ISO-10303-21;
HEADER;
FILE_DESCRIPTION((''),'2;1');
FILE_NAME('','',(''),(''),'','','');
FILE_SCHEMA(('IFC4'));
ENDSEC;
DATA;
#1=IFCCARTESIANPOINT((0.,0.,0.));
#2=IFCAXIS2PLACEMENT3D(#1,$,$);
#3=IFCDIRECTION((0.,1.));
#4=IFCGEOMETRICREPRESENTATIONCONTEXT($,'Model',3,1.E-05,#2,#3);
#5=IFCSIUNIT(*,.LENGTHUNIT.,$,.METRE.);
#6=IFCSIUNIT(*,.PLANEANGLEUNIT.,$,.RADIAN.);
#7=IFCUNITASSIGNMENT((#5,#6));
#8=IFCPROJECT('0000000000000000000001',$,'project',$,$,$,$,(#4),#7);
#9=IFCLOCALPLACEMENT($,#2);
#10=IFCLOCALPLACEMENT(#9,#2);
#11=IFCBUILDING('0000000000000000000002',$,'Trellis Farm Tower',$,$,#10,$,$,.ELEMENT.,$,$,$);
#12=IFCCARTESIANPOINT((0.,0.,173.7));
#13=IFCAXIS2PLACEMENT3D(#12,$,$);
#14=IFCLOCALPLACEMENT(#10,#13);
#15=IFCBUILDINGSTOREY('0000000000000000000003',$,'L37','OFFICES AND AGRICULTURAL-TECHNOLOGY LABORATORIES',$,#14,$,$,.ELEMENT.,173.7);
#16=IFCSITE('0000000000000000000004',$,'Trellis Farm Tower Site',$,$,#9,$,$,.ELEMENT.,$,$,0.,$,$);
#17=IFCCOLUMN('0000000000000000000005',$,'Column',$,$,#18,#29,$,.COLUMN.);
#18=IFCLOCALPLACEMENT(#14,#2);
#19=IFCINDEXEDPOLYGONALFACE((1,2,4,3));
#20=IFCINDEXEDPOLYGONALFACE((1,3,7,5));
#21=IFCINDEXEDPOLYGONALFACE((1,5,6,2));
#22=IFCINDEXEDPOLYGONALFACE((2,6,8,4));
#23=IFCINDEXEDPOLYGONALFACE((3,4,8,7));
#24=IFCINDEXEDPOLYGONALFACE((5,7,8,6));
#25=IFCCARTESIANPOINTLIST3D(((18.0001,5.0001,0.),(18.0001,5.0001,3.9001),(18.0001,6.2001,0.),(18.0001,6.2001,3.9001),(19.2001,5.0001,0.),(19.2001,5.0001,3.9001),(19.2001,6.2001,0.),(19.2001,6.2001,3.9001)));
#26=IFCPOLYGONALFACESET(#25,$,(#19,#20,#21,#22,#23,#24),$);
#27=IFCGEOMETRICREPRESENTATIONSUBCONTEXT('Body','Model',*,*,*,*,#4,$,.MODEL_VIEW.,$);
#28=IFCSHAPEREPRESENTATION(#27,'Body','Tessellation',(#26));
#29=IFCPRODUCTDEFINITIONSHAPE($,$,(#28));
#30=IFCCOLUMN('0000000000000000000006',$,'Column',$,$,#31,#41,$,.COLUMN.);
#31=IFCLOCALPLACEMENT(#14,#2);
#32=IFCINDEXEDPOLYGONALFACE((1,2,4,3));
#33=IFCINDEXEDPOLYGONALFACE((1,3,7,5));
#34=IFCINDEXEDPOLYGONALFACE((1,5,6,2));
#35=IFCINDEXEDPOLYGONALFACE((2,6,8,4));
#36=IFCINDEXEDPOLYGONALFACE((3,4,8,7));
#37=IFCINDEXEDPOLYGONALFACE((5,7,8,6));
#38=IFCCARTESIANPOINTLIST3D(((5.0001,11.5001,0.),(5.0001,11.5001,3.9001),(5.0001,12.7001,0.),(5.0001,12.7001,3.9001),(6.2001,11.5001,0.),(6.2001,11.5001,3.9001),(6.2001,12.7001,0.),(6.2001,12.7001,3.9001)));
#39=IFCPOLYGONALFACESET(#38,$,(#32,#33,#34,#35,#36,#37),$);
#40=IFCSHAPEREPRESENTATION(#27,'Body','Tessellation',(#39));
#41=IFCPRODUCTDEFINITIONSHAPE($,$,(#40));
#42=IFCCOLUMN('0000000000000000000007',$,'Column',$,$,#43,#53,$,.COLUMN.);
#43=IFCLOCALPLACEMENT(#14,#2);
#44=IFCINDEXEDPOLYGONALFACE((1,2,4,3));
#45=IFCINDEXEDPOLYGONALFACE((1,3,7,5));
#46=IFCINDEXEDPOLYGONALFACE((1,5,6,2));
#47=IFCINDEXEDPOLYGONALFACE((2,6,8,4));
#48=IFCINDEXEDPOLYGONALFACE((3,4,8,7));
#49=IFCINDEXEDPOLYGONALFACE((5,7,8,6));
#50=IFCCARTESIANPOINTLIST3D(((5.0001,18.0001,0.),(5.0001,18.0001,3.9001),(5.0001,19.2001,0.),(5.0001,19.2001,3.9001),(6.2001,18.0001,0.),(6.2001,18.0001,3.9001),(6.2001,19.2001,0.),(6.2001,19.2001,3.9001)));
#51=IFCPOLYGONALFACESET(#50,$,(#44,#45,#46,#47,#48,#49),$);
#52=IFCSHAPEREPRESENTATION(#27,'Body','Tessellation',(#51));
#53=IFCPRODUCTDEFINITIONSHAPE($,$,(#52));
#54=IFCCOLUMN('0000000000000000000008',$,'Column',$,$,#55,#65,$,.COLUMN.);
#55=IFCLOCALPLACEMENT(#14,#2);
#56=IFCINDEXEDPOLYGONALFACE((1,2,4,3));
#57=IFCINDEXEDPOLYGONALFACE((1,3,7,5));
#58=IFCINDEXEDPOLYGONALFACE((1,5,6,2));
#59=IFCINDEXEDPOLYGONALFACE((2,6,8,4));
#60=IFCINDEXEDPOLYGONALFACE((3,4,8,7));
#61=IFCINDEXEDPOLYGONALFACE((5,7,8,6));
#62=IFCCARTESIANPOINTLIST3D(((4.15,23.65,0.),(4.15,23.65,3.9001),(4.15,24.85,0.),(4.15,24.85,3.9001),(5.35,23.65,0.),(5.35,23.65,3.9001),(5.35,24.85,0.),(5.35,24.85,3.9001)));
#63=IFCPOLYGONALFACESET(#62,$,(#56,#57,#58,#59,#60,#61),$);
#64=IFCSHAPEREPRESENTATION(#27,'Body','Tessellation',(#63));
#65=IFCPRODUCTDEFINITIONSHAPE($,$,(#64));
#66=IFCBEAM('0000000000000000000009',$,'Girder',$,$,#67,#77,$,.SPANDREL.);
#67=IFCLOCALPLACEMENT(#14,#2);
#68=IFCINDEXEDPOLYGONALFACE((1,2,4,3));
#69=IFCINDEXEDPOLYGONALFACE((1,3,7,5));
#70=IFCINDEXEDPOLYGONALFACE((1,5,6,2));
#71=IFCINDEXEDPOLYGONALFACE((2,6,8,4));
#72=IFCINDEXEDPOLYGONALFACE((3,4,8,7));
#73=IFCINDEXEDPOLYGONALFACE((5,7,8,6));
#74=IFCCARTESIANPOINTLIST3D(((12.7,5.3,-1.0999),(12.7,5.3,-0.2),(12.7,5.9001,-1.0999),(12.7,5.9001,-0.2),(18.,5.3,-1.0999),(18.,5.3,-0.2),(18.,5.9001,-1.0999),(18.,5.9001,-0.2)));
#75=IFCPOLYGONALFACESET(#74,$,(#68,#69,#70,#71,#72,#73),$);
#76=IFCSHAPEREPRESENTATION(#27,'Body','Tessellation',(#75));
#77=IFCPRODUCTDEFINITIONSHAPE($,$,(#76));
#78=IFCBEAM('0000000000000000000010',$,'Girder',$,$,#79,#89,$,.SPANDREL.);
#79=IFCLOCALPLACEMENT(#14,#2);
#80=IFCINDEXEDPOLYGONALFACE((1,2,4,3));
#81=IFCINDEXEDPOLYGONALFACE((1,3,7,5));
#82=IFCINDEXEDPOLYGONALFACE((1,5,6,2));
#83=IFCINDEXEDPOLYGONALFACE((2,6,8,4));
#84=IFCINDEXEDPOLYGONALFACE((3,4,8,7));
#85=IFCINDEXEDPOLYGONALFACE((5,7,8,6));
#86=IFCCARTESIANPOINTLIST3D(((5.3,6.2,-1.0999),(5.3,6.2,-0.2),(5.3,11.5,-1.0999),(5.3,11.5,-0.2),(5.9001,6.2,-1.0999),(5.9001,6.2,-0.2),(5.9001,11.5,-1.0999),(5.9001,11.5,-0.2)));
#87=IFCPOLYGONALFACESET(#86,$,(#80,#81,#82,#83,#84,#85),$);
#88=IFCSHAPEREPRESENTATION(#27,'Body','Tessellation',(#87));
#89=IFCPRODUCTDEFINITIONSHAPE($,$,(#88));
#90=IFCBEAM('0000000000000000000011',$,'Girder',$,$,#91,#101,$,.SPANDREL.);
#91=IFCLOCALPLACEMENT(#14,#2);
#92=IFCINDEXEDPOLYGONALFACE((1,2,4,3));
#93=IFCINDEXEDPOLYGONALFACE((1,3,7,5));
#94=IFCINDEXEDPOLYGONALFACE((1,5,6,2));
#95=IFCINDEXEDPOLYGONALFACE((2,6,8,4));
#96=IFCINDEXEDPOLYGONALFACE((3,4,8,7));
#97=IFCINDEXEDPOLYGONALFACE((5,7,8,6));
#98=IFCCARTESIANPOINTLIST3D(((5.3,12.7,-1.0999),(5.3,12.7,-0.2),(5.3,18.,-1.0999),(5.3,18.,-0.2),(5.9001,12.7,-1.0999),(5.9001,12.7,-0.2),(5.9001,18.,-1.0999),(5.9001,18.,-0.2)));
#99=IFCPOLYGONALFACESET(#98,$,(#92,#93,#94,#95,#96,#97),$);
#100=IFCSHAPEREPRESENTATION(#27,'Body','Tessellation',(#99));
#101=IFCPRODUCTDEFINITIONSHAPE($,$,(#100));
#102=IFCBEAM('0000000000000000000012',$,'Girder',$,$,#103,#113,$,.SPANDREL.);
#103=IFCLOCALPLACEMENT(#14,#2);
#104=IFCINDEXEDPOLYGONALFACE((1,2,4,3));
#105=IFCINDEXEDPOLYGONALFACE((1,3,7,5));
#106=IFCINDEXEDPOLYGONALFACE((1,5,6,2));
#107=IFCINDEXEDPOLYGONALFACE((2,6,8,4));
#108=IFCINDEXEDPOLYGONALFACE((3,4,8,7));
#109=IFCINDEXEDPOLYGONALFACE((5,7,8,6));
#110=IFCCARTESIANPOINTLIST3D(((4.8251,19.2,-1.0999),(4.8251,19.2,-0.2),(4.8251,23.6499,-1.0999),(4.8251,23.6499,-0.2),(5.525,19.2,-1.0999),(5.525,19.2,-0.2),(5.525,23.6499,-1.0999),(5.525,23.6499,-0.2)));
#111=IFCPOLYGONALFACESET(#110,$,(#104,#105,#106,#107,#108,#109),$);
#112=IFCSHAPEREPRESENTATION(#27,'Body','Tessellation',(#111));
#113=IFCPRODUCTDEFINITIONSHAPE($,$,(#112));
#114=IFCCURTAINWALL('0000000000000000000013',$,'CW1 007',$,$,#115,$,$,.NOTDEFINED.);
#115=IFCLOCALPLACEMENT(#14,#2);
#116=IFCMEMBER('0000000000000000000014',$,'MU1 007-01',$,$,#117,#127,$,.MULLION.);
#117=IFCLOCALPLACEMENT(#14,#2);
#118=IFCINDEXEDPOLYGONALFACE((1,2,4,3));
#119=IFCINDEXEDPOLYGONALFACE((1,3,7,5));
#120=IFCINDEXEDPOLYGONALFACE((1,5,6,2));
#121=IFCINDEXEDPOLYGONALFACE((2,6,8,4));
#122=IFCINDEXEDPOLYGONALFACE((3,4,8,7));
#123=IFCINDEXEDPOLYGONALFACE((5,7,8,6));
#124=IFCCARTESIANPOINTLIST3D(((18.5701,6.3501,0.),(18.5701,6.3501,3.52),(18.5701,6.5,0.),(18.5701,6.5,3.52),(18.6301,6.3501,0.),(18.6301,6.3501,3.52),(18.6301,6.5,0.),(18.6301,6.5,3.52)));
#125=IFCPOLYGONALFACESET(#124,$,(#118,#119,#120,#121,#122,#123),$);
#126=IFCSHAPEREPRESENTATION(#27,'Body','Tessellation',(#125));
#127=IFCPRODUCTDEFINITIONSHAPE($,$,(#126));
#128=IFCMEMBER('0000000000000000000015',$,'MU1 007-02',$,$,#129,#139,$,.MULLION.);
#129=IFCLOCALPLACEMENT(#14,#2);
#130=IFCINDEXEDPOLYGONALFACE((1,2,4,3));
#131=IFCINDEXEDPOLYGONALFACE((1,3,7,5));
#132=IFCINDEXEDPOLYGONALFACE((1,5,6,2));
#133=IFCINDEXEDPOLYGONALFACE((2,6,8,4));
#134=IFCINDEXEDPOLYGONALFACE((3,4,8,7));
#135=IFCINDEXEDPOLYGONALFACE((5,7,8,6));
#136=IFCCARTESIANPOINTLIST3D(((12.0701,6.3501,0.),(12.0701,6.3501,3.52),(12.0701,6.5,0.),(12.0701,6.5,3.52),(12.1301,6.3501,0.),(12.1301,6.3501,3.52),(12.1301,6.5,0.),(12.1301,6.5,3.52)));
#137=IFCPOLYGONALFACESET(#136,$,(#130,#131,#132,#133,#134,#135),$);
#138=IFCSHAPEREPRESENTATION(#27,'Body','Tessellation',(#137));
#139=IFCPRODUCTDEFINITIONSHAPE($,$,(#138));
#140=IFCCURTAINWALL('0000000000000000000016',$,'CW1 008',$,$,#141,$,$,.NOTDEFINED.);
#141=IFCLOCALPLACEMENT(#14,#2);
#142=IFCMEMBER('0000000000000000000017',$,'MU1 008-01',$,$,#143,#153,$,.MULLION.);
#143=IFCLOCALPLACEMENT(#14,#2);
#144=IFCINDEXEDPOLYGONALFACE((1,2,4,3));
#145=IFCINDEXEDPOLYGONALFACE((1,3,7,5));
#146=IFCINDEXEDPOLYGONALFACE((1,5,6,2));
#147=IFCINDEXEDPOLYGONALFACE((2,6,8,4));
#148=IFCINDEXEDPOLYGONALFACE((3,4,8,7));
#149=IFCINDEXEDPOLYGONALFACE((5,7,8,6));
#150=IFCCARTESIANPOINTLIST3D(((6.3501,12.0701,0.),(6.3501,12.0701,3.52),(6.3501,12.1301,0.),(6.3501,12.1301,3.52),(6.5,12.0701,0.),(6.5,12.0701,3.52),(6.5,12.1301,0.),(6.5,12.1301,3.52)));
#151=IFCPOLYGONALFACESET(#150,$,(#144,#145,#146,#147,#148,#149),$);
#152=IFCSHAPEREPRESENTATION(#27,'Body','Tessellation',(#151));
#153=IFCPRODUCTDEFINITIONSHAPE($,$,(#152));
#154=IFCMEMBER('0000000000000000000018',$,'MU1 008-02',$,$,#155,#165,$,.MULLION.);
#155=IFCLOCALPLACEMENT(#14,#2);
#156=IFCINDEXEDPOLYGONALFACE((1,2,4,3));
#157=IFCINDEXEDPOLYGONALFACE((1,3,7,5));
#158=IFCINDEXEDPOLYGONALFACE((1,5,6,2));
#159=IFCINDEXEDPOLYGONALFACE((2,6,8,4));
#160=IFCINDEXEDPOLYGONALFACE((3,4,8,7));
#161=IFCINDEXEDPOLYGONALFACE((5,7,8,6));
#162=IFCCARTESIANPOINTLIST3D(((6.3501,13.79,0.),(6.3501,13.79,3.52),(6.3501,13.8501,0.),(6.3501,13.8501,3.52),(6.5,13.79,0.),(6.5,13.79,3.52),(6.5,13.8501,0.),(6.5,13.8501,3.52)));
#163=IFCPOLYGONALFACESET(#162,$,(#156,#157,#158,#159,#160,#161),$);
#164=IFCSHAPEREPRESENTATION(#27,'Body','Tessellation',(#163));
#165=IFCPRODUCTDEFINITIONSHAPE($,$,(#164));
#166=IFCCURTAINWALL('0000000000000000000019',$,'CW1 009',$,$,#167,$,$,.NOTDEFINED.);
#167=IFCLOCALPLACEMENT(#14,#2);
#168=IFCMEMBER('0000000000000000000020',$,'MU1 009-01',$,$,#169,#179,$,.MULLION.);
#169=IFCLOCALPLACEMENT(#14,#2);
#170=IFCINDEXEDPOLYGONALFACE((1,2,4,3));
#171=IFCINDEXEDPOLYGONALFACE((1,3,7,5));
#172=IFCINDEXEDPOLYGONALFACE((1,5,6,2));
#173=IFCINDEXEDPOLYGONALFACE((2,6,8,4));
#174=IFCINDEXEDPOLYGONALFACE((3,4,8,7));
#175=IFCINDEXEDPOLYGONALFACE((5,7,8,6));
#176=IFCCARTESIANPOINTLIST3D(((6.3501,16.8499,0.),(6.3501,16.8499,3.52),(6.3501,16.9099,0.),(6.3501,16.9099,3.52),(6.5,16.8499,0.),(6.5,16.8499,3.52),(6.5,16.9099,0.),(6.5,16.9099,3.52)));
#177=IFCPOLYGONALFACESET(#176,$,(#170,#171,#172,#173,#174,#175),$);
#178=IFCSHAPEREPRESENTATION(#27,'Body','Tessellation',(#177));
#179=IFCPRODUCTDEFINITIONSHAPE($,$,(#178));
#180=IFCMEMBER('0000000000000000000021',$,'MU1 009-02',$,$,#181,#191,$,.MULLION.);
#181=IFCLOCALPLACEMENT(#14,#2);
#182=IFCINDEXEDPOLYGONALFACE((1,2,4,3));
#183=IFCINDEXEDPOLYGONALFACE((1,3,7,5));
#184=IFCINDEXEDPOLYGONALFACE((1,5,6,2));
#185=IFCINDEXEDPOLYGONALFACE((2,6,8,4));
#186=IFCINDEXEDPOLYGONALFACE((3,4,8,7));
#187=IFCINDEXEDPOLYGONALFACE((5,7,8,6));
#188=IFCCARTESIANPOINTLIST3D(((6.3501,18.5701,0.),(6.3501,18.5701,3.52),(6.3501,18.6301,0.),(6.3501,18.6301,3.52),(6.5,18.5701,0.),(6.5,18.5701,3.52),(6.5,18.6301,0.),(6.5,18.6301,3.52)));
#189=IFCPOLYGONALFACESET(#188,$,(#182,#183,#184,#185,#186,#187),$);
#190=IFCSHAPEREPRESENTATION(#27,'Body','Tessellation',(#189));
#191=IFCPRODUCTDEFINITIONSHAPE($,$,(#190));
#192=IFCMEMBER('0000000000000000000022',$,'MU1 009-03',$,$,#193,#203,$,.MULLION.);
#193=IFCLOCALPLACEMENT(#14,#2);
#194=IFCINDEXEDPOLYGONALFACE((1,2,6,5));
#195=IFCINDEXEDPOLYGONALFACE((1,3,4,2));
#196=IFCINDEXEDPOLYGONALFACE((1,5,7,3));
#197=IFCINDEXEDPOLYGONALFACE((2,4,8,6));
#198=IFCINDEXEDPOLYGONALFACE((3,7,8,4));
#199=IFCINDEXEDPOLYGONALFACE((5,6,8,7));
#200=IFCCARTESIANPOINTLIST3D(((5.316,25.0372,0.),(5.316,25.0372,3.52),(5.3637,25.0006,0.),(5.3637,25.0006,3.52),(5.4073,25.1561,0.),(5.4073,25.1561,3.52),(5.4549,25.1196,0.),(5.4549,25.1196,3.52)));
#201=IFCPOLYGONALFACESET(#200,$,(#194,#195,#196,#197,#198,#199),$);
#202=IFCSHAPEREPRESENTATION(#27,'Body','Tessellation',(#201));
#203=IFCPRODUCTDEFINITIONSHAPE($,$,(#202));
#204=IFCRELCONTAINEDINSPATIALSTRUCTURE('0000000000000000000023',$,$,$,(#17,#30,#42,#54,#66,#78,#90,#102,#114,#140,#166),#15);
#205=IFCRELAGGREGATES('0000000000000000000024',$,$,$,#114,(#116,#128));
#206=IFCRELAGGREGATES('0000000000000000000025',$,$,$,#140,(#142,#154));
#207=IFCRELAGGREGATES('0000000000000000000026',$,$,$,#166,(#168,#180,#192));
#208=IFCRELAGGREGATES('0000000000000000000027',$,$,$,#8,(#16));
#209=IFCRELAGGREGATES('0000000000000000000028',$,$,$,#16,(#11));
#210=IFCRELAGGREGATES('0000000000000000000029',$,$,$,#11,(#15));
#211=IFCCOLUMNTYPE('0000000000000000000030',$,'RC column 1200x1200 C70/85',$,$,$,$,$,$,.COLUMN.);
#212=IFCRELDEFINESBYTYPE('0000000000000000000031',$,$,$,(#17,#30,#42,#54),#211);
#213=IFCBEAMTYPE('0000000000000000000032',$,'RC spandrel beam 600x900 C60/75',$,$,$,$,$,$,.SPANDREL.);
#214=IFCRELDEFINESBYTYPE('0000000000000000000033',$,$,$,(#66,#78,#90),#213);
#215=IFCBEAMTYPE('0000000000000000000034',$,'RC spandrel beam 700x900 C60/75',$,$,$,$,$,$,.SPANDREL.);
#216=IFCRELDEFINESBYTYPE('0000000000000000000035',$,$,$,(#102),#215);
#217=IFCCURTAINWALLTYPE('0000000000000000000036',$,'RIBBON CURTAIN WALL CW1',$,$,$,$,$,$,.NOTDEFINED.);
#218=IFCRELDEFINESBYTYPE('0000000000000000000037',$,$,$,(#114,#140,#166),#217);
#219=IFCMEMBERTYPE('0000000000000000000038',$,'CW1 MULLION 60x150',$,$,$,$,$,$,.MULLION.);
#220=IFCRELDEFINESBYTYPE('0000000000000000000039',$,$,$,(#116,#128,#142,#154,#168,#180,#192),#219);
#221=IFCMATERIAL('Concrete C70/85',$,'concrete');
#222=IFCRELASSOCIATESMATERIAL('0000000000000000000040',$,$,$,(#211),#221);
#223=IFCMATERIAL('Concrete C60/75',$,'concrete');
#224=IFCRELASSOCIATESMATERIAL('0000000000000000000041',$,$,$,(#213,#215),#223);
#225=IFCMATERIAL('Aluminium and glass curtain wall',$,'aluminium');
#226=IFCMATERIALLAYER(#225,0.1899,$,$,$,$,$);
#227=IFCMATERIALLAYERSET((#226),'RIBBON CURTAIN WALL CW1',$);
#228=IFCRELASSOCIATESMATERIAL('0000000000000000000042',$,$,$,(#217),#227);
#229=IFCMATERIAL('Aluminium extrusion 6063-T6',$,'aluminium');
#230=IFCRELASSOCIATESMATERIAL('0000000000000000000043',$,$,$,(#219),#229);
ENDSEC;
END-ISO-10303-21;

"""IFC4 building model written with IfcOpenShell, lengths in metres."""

from ifc_helpers import new_model, si_unit, direction, frame, origin, origin_2d, place, context, subcontext, project, spatial, rectangle, extrude, source, transform, mapped, material, layer, layer_set, material_profile, profile_set, type_object, element, aggregate, save


model = new_model("IFC4")

# Units and contexts
model_context = context("Model", 3, precision=1e-05, world=origin(), true_north=direction((0.0, 1.0)))
body_context = subcontext(model_context, "Body", "Model", "MODEL_VIEW")
ifc_project = project(units=[si_unit("LENGTHUNIT", "METRE"), si_unit("PLANEANGLEUNIT", "RADIAN")], contexts=[model_context])

# Site, building, storey
site_placement = place(None, origin())
site = spatial("IfcSite", under=ifc_project, at=site_placement, Name="Trellis Farm Tower Site", CompositionType="ELEMENT", RefElevation=0.0)
building_placement = place(site_placement, origin())
building = spatial("IfcBuilding", under=site, at=building_placement, Name="Trellis Farm Tower", CompositionType="ELEMENT")
storey_placement = place(building_placement, frame((0.0, 0.0, 173.7)))
storey = spatial("IfcBuildingStorey", under=building, at=storey_placement, Name="L37", Description="OFFICES AND AGRICULTURAL-TECHNOLOGY LABORATORIES", CompositionType="ELEMENT", Elevation=173.7)

# Columns
ifc_material_1 = material(Name="Concrete C70/85", Category="concrete")
ifc_material_profile_1 = material_profile(ifc_material_1, rectangle(XDim=1.2, YDim=1.2, at=origin_2d()), Name="RC column 1200x1200 C70/85")
ifc_profile_set_1 = profile_set([ifc_material_profile_1], Name="Concrete C70/85")
column_type = type_object("IfcColumnType", Name="RC column 1200x1200 C70/85", PredefinedType="COLUMN", material=ifc_profile_set_1)
shared_shape_1 = source(origin(), body_context, "Body", "SweptSolid", [
    extrude(rectangle(XDim=1.2, YDim=1.2, at=origin_2d()), origin(), (0.0, 0.0, 1.0), 3.9001),
])
for number, where, z_axis, x_axis, name in (
    (1, (18.6001, 5.6001, 0.0), (0.0, 0.0, 1.0), (1.0, 0.0, 0.0), "Column"),
    (2, (5.6001, 12.1001, 0.0), (0.0, 0.0, 1.0), (1.0, 0.0, 0.0), "Column"),
    (3, (5.6001, 18.6001, 0.0), (0.0, 0.0, 1.0), (1.0, 0.0, 0.0), "Column"),
    (4, (4.75, 24.25, 0.0), (0.0, 0.0, 1.0), (1.0, 0.0, 0.0), "Column"),
):
    element("IfcColumn", number, at=place(storey_placement, frame(where, z_axis=z_axis, x_axis=x_axis)), inside=storey, type_object=column_type, Name=name, PredefinedType="COLUMN", context=body_context, shape_type="MappedRepresentation", body=[
        mapped(shared_shape_1, transform((0.0, 0.0, 0.0))),
    ])

# Beams
ifc_material_2 = material(Name="Concrete C60/75", Category="concrete")
ifc_material_profile_2 = material_profile(ifc_material_2, rectangle(XDim=0.6001, YDim=0.8999, at=origin_2d()), Name="RC spandrel beam 600x900 C60/75")
ifc_profile_set_2 = profile_set([ifc_material_profile_2], Name="Concrete C60/75")
beam_type_1 = type_object("IfcBeamType", Name="RC spandrel beam 600x900 C60/75", PredefinedType="SPANDREL", material=ifc_profile_set_2)
shared_shape_2 = source(origin(), body_context, "Body", "SweptSolid", [
    extrude(rectangle(XDim=0.6001, YDim=0.8999, at=origin_2d()), origin(), (0.0, 0.0, 1.0), 5.3),
])
for number, where, z_axis, x_axis, name in (
    (5, (12.7, 5.6001, -0.6499), (1.0, 0.0, 0.0), (0.0, 1.0, 0.0), "Girder"),
    (6, (5.6001, 6.2, -0.6499), (0.0, 1.0, 0.0), (-1.0, 0.0, 0.0), "Girder"),
    (7, (5.6001, 12.7, -0.6499), (0.0, 1.0, 0.0), (-1.0, 0.0, 0.0), "Girder"),
):
    element("IfcBeam", number, at=place(storey_placement, frame(where, z_axis=z_axis, x_axis=x_axis)), inside=storey, type_object=beam_type_1, Name=name, PredefinedType="SPANDREL", context=body_context, shape_type="MappedRepresentation", body=[
        mapped(shared_shape_2, transform((0.0, 0.0, 0.0))),
    ])
ifc_material_profile_3 = material_profile(ifc_material_2, rectangle(XDim=0.7, YDim=0.8999, at=origin_2d()), Name="RC spandrel beam 700x900 C60/75")
ifc_profile_set_3 = profile_set([ifc_material_profile_3], Name="Concrete C60/75")
beam_type_2 = type_object("IfcBeamType", Name="RC spandrel beam 700x900 C60/75", PredefinedType="SPANDREL", material=ifc_profile_set_3)
shared_shape_3 = source(origin(), body_context, "Body", "SweptSolid", [
    extrude(rectangle(XDim=0.7, YDim=0.8999, at=origin_2d()), origin(), (0.0, 0.0, 1.0), 4.45),
])
beam_placement = place(storey_placement, frame((5.175, 19.2, -0.6499), z_axis=(0.0, 1.0, 0.0), x_axis=(-1.0, 0.0, 0.0)))
element("IfcBeam", 8, at=beam_placement, inside=storey, type_object=beam_type_2, Name="Girder", PredefinedType="SPANDREL", context=body_context, shape_type="MappedRepresentation", body=[
    mapped(shared_shape_3, transform((0.0, 0.0, 0.0))),
])

# Curtain walls, members
ifc_material_3 = material(Name="Aluminium and glass curtain wall", Category="aluminium")
ifc_layer_1 = layer(ifc_material_3, 0.1899)
ifc_layer_set_1 = layer_set([ifc_layer_1], Name="RIBBON CURTAIN WALL CW1")
curtain_wall_type_1 = type_object("IfcCurtainWallType", Name="RIBBON CURTAIN WALL CW1", PredefinedType="NOTDEFINED", material=ifc_layer_set_1)
placement = place(storey_placement, origin())
curtain_wall_1 = element("IfcCurtainWall", 9, at=placement, inside=storey, type_object=curtain_wall_type_1, Name="CW1 007", PredefinedType="NOTDEFINED")
ifc_material_4 = material(Name="Aluminium extrusion 6063-T6", Category="aluminium")
ifc_material_profile_4 = material_profile(ifc_material_4, rectangle(XDim=0.0601, YDim=0.1499, at=origin_2d()), Name="MULLION 60x150")
ifc_profile_set_4 = profile_set([ifc_material_profile_4], Name="Aluminium extrusion 6063-T6")
member_type_1 = type_object("IfcMemberType", Name="CW1 MULLION 60x150", PredefinedType="MULLION", material=ifc_profile_set_4)
shared_shape_4 = source(origin(), body_context, "Body", "SweptSolid", [
    extrude(rectangle(XDim=0.0601, YDim=0.1499, at=origin_2d()), origin(), (0.0, 0.0, 1.0), 3.52),
])
member_1_placement = place(storey_placement, frame((18.6001, 6.425, 0.0), z_axis=(0.0, 0.0, 1.0), x_axis=(-1.0, 0.0, 0.0)))
member_1 = element("IfcMember", 10, at=member_1_placement, type_object=member_type_1, Name="MU1 007-01", PredefinedType="MULLION", context=body_context, shape_type="MappedRepresentation", body=[
    mapped(shared_shape_4, transform((0.0, 0.0, 0.0))),
])
member_2_placement = place(storey_placement, frame((12.1001, 6.425, 0.0), z_axis=(0.0, 0.0, 1.0), x_axis=(-1.0, 0.0, 0.0)))
member_2 = element("IfcMember", 11, at=member_2_placement, type_object=member_type_1, Name="MU1 007-02", PredefinedType="MULLION", context=body_context, shape_type="MappedRepresentation", body=[
    mapped(shared_shape_4, transform((0.0, 0.0, 0.0))),
])
aggregate(curtain_wall_1, [member_1, member_2])
curtain_wall_2 = element("IfcCurtainWall", 12, at=placement, inside=storey, type_object=curtain_wall_type_1, Name="CW1 008", PredefinedType="NOTDEFINED")
member_3_placement = place(storey_placement, frame((6.425, 12.1001, 0.0), z_axis=(0.0, 0.0, 1.0), x_axis=(0.0, 1.0, 0.0)))
member_3 = element("IfcMember", 13, at=member_3_placement, type_object=member_type_1, Name="MU1 008-01", PredefinedType="MULLION", context=body_context, shape_type="MappedRepresentation", body=[
    mapped(shared_shape_4, transform((0.0, 0.0, 0.0))),
])
member_4_placement = place(storey_placement, frame((6.425, 13.8201, 0.0), z_axis=(0.0, 0.0, 1.0), x_axis=(0.0, 1.0, 0.0)))
member_4 = element("IfcMember", 14, at=member_4_placement, type_object=member_type_1, Name="MU1 008-02", PredefinedType="MULLION", context=body_context, shape_type="MappedRepresentation", body=[
    mapped(shared_shape_4, transform((0.0, 0.0, 0.0))),
])
aggregate(curtain_wall_2, [member_3, member_4])
curtain_wall_3 = element("IfcCurtainWall", 15, at=placement, inside=storey, type_object=curtain_wall_type_1, Name="CW1 009", PredefinedType="NOTDEFINED")
member_5_placement = place(storey_placement, frame((6.425, 16.8799, 0.0), z_axis=(0.0, 0.0, 1.0), x_axis=(0.0, 1.0, 0.0)))
member_5 = element("IfcMember", 16, at=member_5_placement, type_object=member_type_1, Name="MU1 009-01", PredefinedType="MULLION", context=body_context, shape_type="MappedRepresentation", body=[
    mapped(shared_shape_4, transform((0.0, 0.0, 0.0))),
])
member_6_placement = place(storey_placement, frame((6.425, 18.6001, 0.0), z_axis=(0.0, 0.0, 1.0), x_axis=(0.0, 1.0, 0.0)))
member_6 = element("IfcMember", 17, at=member_6_placement, type_object=member_type_1, Name="MU1 009-02", PredefinedType="MULLION", context=body_context, shape_type="MappedRepresentation", body=[
    mapped(shared_shape_4, transform((0.0, 0.0, 0.0))),
])
member_7_placement = place(storey_placement, frame((5.3855, 25.0784, 0.0), z_axis=(0.0, 0.0, 1.0), x_axis=(-0.793353, 0.608761, 0.0)))
member_7 = element("IfcMember", 18, at=member_7_placement, type_object=member_type_1, Name="MU1 009-03", PredefinedType="MULLION", context=body_context, shape_type="MappedRepresentation", body=[
    mapped(shared_shape_4, transform((0.0, 0.0, 0.0))),
])
aggregate(curtain_wall_3, [member_5, member_6, member_7])

save(model, "model.ifc")
